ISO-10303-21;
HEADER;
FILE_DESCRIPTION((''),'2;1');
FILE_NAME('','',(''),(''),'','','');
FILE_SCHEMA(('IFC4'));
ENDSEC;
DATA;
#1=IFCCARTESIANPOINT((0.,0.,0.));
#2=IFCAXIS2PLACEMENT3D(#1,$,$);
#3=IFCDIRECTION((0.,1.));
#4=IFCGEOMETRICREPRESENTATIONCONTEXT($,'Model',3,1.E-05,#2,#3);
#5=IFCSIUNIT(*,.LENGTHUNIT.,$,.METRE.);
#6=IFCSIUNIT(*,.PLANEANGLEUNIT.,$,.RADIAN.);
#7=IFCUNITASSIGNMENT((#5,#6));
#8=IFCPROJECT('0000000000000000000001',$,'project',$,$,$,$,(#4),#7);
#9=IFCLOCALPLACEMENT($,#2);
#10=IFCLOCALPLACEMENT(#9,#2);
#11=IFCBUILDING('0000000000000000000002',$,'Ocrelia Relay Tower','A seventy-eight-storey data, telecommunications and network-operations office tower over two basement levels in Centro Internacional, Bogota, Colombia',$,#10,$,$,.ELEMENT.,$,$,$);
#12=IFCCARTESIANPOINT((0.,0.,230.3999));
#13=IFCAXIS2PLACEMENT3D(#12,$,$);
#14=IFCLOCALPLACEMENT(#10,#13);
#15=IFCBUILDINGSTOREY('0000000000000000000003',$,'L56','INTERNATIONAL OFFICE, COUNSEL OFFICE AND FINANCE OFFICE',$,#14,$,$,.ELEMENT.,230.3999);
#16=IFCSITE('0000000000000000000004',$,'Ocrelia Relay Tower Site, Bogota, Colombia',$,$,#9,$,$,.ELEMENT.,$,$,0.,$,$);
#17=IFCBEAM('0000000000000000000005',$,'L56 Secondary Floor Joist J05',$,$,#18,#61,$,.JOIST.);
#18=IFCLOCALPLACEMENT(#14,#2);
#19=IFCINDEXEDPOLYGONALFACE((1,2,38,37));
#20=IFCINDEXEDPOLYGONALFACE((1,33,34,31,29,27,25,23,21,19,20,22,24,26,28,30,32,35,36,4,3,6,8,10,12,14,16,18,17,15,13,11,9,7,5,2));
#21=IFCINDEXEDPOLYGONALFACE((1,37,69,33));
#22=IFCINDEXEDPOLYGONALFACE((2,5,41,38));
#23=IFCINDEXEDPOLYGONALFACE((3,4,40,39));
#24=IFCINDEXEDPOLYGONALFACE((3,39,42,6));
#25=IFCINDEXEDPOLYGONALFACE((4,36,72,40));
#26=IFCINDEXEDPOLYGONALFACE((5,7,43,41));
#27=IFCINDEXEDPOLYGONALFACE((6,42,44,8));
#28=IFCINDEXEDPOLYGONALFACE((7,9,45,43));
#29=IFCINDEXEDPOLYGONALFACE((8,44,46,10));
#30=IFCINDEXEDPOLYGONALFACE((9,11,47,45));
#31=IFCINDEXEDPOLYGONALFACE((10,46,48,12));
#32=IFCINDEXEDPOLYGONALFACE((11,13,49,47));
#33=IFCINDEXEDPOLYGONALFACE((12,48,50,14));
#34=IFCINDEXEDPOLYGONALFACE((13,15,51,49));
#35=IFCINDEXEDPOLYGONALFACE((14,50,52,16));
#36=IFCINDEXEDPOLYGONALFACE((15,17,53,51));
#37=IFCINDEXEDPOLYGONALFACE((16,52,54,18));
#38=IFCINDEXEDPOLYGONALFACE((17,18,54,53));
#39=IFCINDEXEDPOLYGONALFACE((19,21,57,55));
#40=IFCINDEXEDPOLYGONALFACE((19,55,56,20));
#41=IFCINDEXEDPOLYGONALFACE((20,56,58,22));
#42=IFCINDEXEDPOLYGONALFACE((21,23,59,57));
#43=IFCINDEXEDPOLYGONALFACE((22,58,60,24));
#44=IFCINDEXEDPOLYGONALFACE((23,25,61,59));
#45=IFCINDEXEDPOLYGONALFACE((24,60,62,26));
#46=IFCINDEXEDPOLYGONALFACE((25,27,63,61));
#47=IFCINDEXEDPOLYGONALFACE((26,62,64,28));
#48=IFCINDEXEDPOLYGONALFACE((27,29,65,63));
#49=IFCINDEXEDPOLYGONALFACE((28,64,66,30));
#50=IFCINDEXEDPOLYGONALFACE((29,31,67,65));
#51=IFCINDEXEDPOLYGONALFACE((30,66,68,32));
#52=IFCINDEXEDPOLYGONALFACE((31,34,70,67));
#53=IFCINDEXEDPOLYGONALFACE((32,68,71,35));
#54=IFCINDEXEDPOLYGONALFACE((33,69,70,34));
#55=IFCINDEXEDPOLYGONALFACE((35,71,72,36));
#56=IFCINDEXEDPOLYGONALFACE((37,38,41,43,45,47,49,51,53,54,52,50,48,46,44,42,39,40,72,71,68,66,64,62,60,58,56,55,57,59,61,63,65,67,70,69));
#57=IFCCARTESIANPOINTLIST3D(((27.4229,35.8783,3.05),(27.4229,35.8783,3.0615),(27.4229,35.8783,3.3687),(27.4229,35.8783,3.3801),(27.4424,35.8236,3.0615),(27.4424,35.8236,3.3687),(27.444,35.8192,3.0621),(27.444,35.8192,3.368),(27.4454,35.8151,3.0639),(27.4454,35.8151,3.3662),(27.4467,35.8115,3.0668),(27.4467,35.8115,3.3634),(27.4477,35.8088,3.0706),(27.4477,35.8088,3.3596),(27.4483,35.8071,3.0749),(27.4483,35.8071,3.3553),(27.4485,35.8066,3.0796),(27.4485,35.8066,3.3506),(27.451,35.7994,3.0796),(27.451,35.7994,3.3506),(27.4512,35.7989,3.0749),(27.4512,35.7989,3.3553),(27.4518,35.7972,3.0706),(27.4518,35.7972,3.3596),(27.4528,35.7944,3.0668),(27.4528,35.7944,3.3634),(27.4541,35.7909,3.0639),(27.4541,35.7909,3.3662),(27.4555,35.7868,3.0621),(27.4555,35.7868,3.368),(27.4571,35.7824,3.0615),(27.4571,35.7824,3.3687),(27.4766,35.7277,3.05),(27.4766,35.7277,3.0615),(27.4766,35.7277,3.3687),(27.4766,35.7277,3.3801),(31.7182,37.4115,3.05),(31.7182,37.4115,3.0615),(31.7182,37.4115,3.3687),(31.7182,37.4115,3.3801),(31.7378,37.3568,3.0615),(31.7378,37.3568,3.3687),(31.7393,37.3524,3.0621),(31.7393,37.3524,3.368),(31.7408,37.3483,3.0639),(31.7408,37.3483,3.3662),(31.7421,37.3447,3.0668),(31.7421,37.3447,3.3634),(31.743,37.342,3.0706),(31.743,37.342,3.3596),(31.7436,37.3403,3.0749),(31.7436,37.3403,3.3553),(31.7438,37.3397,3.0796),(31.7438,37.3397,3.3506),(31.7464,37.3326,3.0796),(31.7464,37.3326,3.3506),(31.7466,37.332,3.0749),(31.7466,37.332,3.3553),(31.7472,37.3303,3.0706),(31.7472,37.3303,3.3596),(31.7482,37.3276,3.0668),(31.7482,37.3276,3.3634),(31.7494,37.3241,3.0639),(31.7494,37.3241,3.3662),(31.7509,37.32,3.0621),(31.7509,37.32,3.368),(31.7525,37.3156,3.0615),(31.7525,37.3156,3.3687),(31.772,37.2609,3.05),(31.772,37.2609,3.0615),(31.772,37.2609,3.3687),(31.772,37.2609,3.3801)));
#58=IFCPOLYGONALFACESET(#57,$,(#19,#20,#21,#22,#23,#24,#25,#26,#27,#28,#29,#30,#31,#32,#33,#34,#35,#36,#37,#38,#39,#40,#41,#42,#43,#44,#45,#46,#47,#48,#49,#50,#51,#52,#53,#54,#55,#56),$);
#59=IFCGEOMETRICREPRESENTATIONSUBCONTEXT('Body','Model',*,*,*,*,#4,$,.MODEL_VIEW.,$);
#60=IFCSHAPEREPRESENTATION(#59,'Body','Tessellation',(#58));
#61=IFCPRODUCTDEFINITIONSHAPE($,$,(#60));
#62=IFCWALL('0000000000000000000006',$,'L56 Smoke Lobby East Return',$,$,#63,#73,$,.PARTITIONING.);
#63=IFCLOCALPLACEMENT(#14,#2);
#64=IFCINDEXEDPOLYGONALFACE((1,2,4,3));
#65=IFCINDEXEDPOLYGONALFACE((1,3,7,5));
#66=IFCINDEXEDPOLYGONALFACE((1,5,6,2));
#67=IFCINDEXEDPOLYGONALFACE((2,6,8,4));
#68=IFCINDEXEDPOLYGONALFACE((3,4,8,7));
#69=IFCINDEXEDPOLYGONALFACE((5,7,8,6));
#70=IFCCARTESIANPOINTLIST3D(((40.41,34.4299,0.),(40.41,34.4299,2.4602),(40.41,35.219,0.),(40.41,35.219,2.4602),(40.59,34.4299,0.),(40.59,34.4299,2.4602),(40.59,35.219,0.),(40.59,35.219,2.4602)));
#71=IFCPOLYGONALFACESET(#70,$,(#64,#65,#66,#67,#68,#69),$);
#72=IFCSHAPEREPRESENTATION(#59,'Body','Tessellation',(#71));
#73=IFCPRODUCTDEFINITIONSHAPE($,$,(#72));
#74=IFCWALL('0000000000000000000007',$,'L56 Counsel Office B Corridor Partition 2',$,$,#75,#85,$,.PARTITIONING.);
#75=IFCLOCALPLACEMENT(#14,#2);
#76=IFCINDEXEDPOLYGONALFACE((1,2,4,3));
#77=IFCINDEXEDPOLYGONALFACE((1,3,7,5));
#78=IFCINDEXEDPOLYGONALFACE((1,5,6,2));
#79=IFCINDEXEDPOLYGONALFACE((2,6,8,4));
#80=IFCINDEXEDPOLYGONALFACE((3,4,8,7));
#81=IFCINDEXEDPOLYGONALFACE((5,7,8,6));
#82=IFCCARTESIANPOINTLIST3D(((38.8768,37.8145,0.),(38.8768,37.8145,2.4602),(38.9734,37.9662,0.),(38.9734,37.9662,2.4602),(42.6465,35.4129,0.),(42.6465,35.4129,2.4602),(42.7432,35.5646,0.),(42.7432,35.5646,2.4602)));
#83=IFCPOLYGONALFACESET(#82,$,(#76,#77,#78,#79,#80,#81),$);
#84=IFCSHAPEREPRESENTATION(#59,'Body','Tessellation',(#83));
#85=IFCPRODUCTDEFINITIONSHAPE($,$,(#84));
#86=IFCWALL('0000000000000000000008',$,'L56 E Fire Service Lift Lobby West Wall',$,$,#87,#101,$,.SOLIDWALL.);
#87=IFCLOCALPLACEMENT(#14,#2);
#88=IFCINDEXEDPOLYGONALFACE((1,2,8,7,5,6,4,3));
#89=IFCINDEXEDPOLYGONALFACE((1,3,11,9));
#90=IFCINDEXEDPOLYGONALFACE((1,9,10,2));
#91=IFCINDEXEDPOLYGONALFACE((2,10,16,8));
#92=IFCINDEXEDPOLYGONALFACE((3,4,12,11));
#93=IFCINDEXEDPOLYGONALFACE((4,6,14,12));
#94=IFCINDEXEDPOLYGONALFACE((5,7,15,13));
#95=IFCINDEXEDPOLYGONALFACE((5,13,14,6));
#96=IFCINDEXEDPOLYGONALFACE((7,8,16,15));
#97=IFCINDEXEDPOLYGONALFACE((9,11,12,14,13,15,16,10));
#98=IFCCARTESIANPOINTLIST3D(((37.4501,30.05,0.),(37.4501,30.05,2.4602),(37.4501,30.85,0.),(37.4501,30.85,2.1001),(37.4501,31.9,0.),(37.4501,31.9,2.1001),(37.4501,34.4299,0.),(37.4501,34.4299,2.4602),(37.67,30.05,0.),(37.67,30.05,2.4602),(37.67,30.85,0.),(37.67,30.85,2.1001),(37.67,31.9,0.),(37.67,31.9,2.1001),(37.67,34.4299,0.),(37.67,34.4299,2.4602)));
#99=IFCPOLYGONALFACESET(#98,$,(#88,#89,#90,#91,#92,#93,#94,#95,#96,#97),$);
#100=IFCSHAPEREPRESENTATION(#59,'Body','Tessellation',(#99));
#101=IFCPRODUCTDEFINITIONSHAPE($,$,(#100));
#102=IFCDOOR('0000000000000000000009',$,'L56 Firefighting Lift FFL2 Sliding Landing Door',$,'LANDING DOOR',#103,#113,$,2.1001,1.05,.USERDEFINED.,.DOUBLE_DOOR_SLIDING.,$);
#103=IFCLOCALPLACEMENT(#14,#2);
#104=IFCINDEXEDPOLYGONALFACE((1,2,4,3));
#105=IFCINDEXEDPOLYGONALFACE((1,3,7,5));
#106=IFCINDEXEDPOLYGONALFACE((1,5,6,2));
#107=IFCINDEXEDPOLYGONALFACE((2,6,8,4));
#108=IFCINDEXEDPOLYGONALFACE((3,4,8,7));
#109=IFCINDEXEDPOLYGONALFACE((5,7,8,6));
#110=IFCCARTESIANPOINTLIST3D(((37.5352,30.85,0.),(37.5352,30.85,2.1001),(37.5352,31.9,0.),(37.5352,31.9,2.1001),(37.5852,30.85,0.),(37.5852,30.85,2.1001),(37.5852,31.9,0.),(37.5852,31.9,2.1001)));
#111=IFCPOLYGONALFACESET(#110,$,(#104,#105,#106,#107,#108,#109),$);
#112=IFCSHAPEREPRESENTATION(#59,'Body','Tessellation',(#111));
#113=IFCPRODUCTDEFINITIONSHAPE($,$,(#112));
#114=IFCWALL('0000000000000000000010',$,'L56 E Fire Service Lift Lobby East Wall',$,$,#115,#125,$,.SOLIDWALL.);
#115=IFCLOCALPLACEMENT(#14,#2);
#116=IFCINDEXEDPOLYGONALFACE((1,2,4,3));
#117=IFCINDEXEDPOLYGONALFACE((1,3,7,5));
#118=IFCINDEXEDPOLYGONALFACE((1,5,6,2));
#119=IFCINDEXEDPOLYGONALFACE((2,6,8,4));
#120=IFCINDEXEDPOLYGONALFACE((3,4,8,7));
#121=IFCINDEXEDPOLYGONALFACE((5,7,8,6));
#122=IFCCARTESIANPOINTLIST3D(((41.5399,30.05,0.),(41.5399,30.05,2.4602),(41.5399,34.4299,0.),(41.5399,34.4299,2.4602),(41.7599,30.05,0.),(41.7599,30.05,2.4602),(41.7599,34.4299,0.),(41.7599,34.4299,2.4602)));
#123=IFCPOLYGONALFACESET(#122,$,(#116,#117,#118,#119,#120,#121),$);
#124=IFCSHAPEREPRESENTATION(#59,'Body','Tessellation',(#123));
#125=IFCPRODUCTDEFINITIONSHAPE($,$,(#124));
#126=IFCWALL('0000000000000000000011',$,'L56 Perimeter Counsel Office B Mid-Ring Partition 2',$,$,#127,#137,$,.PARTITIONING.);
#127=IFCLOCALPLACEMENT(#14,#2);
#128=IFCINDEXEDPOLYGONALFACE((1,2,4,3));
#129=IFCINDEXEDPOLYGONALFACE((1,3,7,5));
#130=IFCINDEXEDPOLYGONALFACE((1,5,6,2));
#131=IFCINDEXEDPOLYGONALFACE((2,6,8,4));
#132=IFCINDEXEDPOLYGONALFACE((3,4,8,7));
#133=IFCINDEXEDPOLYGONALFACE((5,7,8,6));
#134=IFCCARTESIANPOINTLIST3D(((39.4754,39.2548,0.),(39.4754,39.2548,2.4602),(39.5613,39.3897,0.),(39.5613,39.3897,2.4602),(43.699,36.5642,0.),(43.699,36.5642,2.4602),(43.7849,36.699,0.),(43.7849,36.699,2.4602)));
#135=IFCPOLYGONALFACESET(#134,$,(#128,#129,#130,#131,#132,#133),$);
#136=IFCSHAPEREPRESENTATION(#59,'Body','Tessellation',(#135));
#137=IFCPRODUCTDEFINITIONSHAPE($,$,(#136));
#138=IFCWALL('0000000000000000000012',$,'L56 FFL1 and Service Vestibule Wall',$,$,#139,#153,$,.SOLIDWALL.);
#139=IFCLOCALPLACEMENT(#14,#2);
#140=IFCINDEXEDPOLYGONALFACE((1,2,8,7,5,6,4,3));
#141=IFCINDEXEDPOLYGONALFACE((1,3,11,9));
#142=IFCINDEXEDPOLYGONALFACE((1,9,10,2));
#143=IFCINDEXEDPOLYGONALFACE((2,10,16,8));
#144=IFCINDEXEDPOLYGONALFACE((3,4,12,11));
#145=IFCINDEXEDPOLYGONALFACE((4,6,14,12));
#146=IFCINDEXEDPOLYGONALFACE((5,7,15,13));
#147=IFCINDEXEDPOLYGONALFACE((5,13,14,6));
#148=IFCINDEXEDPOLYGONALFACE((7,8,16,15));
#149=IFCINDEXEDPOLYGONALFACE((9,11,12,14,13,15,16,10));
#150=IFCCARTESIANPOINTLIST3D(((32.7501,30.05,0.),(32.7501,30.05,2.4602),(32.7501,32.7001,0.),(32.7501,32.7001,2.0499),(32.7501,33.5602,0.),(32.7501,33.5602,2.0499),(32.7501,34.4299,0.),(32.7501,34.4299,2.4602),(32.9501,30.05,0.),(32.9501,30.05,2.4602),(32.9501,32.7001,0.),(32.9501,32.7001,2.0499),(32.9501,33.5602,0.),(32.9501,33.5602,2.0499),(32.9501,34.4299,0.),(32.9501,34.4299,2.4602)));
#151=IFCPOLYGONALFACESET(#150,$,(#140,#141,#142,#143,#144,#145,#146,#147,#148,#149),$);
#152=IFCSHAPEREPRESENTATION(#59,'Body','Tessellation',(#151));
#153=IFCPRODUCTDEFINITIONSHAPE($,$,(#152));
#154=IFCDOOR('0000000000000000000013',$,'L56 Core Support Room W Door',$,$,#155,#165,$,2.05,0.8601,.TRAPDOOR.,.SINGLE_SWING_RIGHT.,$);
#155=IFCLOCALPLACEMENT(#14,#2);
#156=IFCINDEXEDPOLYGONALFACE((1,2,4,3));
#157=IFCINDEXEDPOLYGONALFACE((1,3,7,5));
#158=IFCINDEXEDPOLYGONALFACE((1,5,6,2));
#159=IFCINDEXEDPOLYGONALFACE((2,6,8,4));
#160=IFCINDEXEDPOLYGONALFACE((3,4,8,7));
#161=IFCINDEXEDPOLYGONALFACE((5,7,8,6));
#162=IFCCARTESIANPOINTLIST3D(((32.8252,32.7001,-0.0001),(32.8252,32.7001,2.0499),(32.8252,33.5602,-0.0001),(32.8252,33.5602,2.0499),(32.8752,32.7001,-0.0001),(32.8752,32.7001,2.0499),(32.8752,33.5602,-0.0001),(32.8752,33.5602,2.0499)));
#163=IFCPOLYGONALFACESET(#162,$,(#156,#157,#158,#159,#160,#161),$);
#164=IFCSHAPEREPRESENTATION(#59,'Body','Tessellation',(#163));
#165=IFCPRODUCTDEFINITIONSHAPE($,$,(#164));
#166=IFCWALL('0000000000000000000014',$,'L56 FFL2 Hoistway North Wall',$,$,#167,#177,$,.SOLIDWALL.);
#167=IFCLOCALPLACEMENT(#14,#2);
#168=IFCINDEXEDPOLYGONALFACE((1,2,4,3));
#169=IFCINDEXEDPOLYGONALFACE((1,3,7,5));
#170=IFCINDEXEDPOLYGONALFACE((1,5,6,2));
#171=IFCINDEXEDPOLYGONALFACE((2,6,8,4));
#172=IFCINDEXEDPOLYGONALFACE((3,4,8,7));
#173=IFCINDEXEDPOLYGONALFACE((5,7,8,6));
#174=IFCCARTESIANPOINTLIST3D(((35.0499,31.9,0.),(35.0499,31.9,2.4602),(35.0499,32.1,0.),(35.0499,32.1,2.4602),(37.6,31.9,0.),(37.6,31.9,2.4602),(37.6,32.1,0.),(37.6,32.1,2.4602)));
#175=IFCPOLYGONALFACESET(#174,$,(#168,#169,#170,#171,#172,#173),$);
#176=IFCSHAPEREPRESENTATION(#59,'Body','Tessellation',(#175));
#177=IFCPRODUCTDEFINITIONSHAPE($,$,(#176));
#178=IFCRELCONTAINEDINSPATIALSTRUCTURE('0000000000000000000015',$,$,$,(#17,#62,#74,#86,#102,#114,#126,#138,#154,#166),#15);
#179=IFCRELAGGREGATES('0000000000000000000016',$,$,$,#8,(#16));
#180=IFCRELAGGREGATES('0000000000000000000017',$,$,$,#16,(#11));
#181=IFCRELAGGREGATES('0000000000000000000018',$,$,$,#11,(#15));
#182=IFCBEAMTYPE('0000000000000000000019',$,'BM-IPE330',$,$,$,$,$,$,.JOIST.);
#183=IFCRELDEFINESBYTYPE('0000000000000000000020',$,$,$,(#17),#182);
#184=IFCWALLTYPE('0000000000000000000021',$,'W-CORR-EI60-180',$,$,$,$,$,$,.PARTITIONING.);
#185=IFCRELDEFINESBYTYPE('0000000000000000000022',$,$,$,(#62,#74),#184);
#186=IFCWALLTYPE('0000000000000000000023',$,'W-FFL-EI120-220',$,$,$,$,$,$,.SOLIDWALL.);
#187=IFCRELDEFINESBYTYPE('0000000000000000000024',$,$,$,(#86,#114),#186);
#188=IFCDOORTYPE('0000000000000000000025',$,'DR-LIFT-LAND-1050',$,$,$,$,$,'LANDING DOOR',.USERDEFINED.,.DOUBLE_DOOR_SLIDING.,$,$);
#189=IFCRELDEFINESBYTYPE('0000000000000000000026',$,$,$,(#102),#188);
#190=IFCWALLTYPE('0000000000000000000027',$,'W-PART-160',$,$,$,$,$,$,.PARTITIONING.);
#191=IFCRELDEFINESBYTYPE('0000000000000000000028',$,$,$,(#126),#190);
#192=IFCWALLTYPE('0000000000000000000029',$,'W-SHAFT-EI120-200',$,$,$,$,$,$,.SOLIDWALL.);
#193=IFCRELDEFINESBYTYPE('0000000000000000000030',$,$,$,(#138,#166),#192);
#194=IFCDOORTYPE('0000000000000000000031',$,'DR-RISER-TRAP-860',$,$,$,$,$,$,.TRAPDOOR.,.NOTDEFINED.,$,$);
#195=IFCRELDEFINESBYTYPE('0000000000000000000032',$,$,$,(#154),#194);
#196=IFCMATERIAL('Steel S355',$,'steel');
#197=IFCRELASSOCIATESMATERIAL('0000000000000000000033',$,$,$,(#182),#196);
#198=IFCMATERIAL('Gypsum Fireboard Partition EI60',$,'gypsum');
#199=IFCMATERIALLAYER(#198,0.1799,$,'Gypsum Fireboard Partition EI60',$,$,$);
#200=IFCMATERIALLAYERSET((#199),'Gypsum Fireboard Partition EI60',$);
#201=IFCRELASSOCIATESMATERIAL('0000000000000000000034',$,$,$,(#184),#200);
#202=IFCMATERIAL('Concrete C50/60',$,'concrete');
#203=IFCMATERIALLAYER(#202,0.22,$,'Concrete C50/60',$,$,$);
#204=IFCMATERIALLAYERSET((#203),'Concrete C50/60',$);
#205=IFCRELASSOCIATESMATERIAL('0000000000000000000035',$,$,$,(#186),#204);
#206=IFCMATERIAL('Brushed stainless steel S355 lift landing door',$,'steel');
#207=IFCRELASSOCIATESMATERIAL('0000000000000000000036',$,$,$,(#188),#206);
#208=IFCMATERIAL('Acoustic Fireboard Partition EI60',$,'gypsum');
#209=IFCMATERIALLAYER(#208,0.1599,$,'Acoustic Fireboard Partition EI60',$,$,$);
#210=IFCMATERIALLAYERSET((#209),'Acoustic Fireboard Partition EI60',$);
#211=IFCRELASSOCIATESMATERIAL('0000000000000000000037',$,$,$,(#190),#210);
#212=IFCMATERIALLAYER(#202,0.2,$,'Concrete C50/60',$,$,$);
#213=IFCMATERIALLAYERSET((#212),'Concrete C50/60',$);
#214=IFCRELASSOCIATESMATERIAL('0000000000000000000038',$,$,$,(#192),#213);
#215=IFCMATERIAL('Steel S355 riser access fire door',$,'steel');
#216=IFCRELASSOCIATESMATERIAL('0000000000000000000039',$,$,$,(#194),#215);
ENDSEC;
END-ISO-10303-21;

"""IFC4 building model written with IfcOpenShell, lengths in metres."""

from ifc_helpers import new_model, si_unit, direction, frame, frame_2d, origin, origin_2d, place, context, subcontext, project, spatial, rectangle, i_section, extrude, material, layer, layer_set, material_profile, profile_set, type_object, element, fill, save


model = new_model("IFC4")

# Units and contexts
model_context = context("Model", 3, precision=1e-05, world=origin(), true_north=direction((0.0, 1.0)))
body_context = subcontext(model_context, "Body", "Model", "MODEL_VIEW")
ifc_project = project(units=[si_unit("LENGTHUNIT", "METRE"), si_unit("PLANEANGLEUNIT", "RADIAN")], contexts=[model_context])

# Site, building, storey
site_placement = place(None, origin())
site = spatial("IfcSite", under=ifc_project, at=site_placement, Name="Ocrelia Relay Tower Site, Bogota, Colombia", CompositionType="ELEMENT", RefElevation=0.0)
building_placement = place(site_placement, origin())
building = spatial("IfcBuilding", under=site, at=building_placement, Name="Ocrelia Relay Tower", Description="A seventy-eight-storey data, telecommunications and network-operations office tower over two basement levels in Centro Internacional, Bogota, Colombia", CompositionType="ELEMENT")
storey_placement = place(building_placement, frame((0.0, 0.0, 230.3999)))
storey = spatial("IfcBuildingStorey", under=building, at=storey_placement, Name="L56", Description="INTERNATIONAL OFFICE, COUNSEL OFFICE AND FINANCE OFFICE", CompositionType="ELEMENT", Elevation=230.3999)

# Beam
ifc_material_1 = material(Name="Steel S355", Category="steel")
ifc_material_profile_1 = material_profile(ifc_material_1, i_section(OverallWidth=0.1599, OverallDepth=0.3301, WebThickness=0.0076, FlangeThickness=0.0115, FilletRadius=0.0181, at=origin_2d()), Name="IPE 330")
ifc_profile_set_1 = profile_set([ifc_material_profile_1], Name="Steel S355")
beam_type = type_object("IfcBeamType", Name="BM-IPE330", PredefinedType="JOIST", material=ifc_profile_set_1)
beam_1_placement = place(storey_placement, frame((31.7451, 37.3362, 3.2151), z_axis=(-0.941802, -0.336167, 0.0), x_axis=(0.336167, -0.941802, 0.0)))
element("IfcBeam", 1, at=beam_1_placement, inside=storey, type_object=beam_type, Name="L56 Secondary Floor Joist J05", PredefinedType="JOIST", context=body_context, shape_type="SweptSolid", body=[
    extrude(i_section(OverallWidth=0.1599, OverallDepth=0.3301, WebThickness=0.0076, FlangeThickness=0.0115, FilletRadius=0.0181, at=origin_2d()), origin(), (0.0, 0.0, 1.0), 4.5608),
])

# Wall
ifc_material_2 = material(Name="Gypsum Fireboard Partition EI60", Category="gypsum")
ifc_layer_1 = layer(ifc_material_2, 0.1799, Name="Gypsum Fireboard Partition EI60")
ifc_layer_set_1 = layer_set([ifc_layer_1], Name="Gypsum Fireboard Partition EI60")
wall_type_1 = type_object("IfcWallType", Name="W-CORR-EI60-180", PredefinedType="PARTITIONING", material=ifc_layer_set_1)
wall_1_placement = place(storey_placement, frame((40.5, 35.219, 0.0), z_axis=(0.0, 0.0, 1.0), x_axis=(0.0, -1.0, 0.0)))
element("IfcWall", 2, at=wall_1_placement, inside=storey, type_object=wall_type_1, Name="L56 Smoke Lobby East Return", PredefinedType="PARTITIONING", context=body_context, shape_type="SweptSolid", body=[
    extrude(rectangle(XDim=0.7891, YDim=0.1799, at=frame_2d((0.3945, 0.0))), origin(), (0.0, 0.0, 1.0), 2.4602),
])

# Wall
wall_2_placement = place(storey_placement, frame((42.6948, 35.4888, 0.0), z_axis=(0.0, 0.0, 1.0), x_axis=(-0.843391, 0.5373, 0.0)))
element("IfcWall", 3, at=wall_2_placement, inside=storey, type_object=wall_type_1, Name="L56 Counsel Office B Corridor Partition 2", PredefinedType="PARTITIONING", context=body_context, shape_type="SweptSolid", body=[
    extrude(rectangle(XDim=4.4697, YDim=0.1799, at=frame_2d((2.2349, 0.0))), origin(), (0.0, 0.0, 1.0), 2.4602),
])

# Wall, opening, door
ifc_material_3 = material(Name="Concrete C50/60", Category="concrete")
ifc_layer_2 = layer(ifc_material_3, 0.22, Name="Concrete C50/60")
ifc_layer_set_2 = layer_set([ifc_layer_2], Name="Concrete C50/60")
wall_type_2 = type_object("IfcWallType", Name="W-FFL-EI120-220", PredefinedType="SOLIDWALL", material=ifc_layer_set_2)
wall_3_placement = place(storey_placement, frame((37.5601, 30.05, 0.0), z_axis=(0.0, 0.0, 1.0), x_axis=(0.0, 1.0, 0.0)))
wall_3 = element("IfcWall", 4, at=wall_3_placement, inside=storey, type_object=wall_type_2, Name="L56 E Fire Service Lift Lobby West Wall", PredefinedType="SOLIDWALL", context=body_context, shape_type="SweptSolid", body=[
    extrude(rectangle(XDim=4.3799, YDim=0.22, at=frame_2d((2.1899, 0.0))), origin(), (0.0, 0.0, 1.0), 2.4602),
])
opening_1_placement = place(wall_3_placement, frame((0.8, 0.0, 0.0)))
opening_1 = element("IfcOpeningElement", 5, at=opening_1_placement, cuts=wall_3, PredefinedType="OPENING", context=body_context, shape_type="SweptSolid", body=[
    extrude(rectangle(XDim=1.05, YDim=2.1001, at=frame_2d((0.5249, 1.05))), frame((0.0, 0.1201, 0.0), z_axis=(0.0, -1.0, 0.0), x_axis=(1.0, 0.0, 0.0)), (0.0, 0.0, 1.0), 0.24),
])
ifc_material_4 = material(Name="Brushed stainless steel S355 lift landing door", Category="steel")
door_type_1 = type_object("IfcDoorType", Name="DR-LIFT-LAND-1050", ElementType="LANDING DOOR", OperationType="DOUBLE_DOOR_SLIDING", PredefinedType="USERDEFINED", material=ifc_material_4)
door_1_placement = place(opening_1_placement, origin())
door_1 = element("IfcDoor", 6, at=door_1_placement, inside=storey, type_object=door_type_1, Name="L56 Firefighting Lift FFL2 Sliding Landing Door", ObjectType="LANDING DOOR", OperationType="DOUBLE_DOOR_SLIDING", OverallHeight=2.1001, OverallWidth=1.05, PredefinedType="USERDEFINED", context=body_context, shape_type="SweptSolid", body=[
    extrude(rectangle(XDim=1.05, YDim=2.1001, at=frame_2d((0.5249, 1.05))), frame((0.0, 0.0249, 0.0), z_axis=(0.0, -1.0, 0.0), x_axis=(1.0, 0.0, 0.0)), (0.0, 0.0, 1.0), 0.05),
])
fill(opening_1, door_1)

# Wall
wall_4_placement = place(storey_placement, frame((41.6499, 30.05, 0.0), z_axis=(0.0, 0.0, 1.0), x_axis=(0.0, 1.0, 0.0)))
element("IfcWall", 7, at=wall_4_placement, inside=storey, type_object=wall_type_2, Name="L56 E Fire Service Lift Lobby East Wall", PredefinedType="SOLIDWALL", context=body_context, shape_type="SweptSolid", body=[
    extrude(rectangle(XDim=4.3799, YDim=0.22, at=frame_2d((2.1899, 0.0))), origin(), (0.0, 0.0, 1.0), 2.4602),
])

# Wall
ifc_material_5 = material(Name="Acoustic Fireboard Partition EI60", Category="gypsum")
ifc_layer_3 = layer(ifc_material_5, 0.1599, Name="Acoustic Fireboard Partition EI60")
ifc_layer_set_3 = layer_set([ifc_layer_3], Name="Acoustic Fireboard Partition EI60")
wall_type_3 = type_object("IfcWallType", Name="W-PART-160", PredefinedType="PARTITIONING", material=ifc_layer_set_3)
wall_5_placement = place(storey_placement, frame((43.7419, 36.6316, 0.0), z_axis=(0.0, 0.0, 1.0), x_axis=(-0.843398, 0.537289, 0.0)))
element("IfcWall", 8, at=wall_5_placement, inside=storey, type_object=wall_type_3, Name="L56 Perimeter Counsel Office B Mid-Ring Partition 2", PredefinedType="PARTITIONING", context=body_context, shape_type="SweptSolid", body=[
    extrude(rectangle(XDim=5.0078, YDim=0.1599, at=frame_2d((2.5039, 0.0))), origin(), (0.0, 0.0, 1.0), 2.4602),
])

# Wall, opening, door
ifc_layer_4 = layer(ifc_material_3, 0.2, Name="Concrete C50/60")
ifc_layer_set_4 = layer_set([ifc_layer_4], Name="Concrete C50/60")
wall_type_4 = type_object("IfcWallType", Name="W-SHAFT-EI120-200", PredefinedType="SOLIDWALL", material=ifc_layer_set_4)
wall_6_placement = place(storey_placement, frame((32.8501, 30.05, 0.0), z_axis=(0.0, 0.0, 1.0), x_axis=(0.0, 1.0, 0.0)))
wall_6 = element("IfcWall", 9, at=wall_6_placement, inside=storey, type_object=wall_type_4, Name="L56 FFL1 and Service Vestibule Wall", PredefinedType="SOLIDWALL", context=body_context, shape_type="SweptSolid", body=[
    extrude(rectangle(XDim=4.3799, YDim=0.2, at=frame_2d((2.1899, 0.0))), origin(), (0.0, 0.0, 1.0), 2.4602),
])
opening_2_placement = place(wall_6_placement, frame((2.6499, 0.0, 0.0)))
opening_2 = element("IfcOpeningElement", 10, at=opening_2_placement, cuts=wall_6, PredefinedType="OPENING", context=body_context, shape_type="SweptSolid", body=[
    extrude(rectangle(XDim=0.8601, YDim=2.05, at=frame_2d((0.4302, 1.0249))), frame((0.0, 0.1099, 0.0), z_axis=(0.0, -1.0, 0.0), x_axis=(1.0, 0.0, 0.0)), (0.0, 0.0, 1.0), 0.22),
])
ifc_material_6 = material(Name="Steel S355 riser access fire door", Category="steel")
door_type_2 = type_object("IfcDoorType", Name="DR-RISER-TRAP-860", OperationType="NOTDEFINED", PredefinedType="TRAPDOOR", material=ifc_material_6)
door_2_placement = place(opening_2_placement, origin())
door_2 = element("IfcDoor", 11, at=door_2_placement, inside=storey, type_object=door_type_2, Name="L56 Core Support Room W Door", OperationType="SINGLE_SWING_RIGHT", OverallHeight=2.05, OverallWidth=0.8601, PredefinedType="TRAPDOOR", context=body_context, shape_type="SweptSolid", body=[
    extrude(rectangle(XDim=0.8601, YDim=2.05, at=frame_2d((0.4302, 1.0249))), frame((0.0, 0.0249, 0.0), z_axis=(0.0, -1.0, 0.0), x_axis=(1.0, 0.0, 0.0)), (0.0, 0.0, 1.0), 0.05),
])
fill(opening_2, door_2)

# Wall
wall_7_placement = place(storey_placement, frame((35.05, 32.0, 0.0), z_axis=(0.0, 0.0, 1.0), x_axis=(1.0, 0.0, 0.0)))
element("IfcWall", 12, at=wall_7_placement, inside=storey, type_object=wall_type_4, Name="L56 FFL2 Hoistway North Wall", PredefinedType="SOLIDWALL", context=body_context, shape_type="SweptSolid", body=[
    extrude(rectangle(XDim=2.55, YDim=0.2, at=frame_2d((1.2749, 0.0))), origin(), (0.0, 0.0, 1.0), 2.4602),
])

save(model, "model.ifc")
